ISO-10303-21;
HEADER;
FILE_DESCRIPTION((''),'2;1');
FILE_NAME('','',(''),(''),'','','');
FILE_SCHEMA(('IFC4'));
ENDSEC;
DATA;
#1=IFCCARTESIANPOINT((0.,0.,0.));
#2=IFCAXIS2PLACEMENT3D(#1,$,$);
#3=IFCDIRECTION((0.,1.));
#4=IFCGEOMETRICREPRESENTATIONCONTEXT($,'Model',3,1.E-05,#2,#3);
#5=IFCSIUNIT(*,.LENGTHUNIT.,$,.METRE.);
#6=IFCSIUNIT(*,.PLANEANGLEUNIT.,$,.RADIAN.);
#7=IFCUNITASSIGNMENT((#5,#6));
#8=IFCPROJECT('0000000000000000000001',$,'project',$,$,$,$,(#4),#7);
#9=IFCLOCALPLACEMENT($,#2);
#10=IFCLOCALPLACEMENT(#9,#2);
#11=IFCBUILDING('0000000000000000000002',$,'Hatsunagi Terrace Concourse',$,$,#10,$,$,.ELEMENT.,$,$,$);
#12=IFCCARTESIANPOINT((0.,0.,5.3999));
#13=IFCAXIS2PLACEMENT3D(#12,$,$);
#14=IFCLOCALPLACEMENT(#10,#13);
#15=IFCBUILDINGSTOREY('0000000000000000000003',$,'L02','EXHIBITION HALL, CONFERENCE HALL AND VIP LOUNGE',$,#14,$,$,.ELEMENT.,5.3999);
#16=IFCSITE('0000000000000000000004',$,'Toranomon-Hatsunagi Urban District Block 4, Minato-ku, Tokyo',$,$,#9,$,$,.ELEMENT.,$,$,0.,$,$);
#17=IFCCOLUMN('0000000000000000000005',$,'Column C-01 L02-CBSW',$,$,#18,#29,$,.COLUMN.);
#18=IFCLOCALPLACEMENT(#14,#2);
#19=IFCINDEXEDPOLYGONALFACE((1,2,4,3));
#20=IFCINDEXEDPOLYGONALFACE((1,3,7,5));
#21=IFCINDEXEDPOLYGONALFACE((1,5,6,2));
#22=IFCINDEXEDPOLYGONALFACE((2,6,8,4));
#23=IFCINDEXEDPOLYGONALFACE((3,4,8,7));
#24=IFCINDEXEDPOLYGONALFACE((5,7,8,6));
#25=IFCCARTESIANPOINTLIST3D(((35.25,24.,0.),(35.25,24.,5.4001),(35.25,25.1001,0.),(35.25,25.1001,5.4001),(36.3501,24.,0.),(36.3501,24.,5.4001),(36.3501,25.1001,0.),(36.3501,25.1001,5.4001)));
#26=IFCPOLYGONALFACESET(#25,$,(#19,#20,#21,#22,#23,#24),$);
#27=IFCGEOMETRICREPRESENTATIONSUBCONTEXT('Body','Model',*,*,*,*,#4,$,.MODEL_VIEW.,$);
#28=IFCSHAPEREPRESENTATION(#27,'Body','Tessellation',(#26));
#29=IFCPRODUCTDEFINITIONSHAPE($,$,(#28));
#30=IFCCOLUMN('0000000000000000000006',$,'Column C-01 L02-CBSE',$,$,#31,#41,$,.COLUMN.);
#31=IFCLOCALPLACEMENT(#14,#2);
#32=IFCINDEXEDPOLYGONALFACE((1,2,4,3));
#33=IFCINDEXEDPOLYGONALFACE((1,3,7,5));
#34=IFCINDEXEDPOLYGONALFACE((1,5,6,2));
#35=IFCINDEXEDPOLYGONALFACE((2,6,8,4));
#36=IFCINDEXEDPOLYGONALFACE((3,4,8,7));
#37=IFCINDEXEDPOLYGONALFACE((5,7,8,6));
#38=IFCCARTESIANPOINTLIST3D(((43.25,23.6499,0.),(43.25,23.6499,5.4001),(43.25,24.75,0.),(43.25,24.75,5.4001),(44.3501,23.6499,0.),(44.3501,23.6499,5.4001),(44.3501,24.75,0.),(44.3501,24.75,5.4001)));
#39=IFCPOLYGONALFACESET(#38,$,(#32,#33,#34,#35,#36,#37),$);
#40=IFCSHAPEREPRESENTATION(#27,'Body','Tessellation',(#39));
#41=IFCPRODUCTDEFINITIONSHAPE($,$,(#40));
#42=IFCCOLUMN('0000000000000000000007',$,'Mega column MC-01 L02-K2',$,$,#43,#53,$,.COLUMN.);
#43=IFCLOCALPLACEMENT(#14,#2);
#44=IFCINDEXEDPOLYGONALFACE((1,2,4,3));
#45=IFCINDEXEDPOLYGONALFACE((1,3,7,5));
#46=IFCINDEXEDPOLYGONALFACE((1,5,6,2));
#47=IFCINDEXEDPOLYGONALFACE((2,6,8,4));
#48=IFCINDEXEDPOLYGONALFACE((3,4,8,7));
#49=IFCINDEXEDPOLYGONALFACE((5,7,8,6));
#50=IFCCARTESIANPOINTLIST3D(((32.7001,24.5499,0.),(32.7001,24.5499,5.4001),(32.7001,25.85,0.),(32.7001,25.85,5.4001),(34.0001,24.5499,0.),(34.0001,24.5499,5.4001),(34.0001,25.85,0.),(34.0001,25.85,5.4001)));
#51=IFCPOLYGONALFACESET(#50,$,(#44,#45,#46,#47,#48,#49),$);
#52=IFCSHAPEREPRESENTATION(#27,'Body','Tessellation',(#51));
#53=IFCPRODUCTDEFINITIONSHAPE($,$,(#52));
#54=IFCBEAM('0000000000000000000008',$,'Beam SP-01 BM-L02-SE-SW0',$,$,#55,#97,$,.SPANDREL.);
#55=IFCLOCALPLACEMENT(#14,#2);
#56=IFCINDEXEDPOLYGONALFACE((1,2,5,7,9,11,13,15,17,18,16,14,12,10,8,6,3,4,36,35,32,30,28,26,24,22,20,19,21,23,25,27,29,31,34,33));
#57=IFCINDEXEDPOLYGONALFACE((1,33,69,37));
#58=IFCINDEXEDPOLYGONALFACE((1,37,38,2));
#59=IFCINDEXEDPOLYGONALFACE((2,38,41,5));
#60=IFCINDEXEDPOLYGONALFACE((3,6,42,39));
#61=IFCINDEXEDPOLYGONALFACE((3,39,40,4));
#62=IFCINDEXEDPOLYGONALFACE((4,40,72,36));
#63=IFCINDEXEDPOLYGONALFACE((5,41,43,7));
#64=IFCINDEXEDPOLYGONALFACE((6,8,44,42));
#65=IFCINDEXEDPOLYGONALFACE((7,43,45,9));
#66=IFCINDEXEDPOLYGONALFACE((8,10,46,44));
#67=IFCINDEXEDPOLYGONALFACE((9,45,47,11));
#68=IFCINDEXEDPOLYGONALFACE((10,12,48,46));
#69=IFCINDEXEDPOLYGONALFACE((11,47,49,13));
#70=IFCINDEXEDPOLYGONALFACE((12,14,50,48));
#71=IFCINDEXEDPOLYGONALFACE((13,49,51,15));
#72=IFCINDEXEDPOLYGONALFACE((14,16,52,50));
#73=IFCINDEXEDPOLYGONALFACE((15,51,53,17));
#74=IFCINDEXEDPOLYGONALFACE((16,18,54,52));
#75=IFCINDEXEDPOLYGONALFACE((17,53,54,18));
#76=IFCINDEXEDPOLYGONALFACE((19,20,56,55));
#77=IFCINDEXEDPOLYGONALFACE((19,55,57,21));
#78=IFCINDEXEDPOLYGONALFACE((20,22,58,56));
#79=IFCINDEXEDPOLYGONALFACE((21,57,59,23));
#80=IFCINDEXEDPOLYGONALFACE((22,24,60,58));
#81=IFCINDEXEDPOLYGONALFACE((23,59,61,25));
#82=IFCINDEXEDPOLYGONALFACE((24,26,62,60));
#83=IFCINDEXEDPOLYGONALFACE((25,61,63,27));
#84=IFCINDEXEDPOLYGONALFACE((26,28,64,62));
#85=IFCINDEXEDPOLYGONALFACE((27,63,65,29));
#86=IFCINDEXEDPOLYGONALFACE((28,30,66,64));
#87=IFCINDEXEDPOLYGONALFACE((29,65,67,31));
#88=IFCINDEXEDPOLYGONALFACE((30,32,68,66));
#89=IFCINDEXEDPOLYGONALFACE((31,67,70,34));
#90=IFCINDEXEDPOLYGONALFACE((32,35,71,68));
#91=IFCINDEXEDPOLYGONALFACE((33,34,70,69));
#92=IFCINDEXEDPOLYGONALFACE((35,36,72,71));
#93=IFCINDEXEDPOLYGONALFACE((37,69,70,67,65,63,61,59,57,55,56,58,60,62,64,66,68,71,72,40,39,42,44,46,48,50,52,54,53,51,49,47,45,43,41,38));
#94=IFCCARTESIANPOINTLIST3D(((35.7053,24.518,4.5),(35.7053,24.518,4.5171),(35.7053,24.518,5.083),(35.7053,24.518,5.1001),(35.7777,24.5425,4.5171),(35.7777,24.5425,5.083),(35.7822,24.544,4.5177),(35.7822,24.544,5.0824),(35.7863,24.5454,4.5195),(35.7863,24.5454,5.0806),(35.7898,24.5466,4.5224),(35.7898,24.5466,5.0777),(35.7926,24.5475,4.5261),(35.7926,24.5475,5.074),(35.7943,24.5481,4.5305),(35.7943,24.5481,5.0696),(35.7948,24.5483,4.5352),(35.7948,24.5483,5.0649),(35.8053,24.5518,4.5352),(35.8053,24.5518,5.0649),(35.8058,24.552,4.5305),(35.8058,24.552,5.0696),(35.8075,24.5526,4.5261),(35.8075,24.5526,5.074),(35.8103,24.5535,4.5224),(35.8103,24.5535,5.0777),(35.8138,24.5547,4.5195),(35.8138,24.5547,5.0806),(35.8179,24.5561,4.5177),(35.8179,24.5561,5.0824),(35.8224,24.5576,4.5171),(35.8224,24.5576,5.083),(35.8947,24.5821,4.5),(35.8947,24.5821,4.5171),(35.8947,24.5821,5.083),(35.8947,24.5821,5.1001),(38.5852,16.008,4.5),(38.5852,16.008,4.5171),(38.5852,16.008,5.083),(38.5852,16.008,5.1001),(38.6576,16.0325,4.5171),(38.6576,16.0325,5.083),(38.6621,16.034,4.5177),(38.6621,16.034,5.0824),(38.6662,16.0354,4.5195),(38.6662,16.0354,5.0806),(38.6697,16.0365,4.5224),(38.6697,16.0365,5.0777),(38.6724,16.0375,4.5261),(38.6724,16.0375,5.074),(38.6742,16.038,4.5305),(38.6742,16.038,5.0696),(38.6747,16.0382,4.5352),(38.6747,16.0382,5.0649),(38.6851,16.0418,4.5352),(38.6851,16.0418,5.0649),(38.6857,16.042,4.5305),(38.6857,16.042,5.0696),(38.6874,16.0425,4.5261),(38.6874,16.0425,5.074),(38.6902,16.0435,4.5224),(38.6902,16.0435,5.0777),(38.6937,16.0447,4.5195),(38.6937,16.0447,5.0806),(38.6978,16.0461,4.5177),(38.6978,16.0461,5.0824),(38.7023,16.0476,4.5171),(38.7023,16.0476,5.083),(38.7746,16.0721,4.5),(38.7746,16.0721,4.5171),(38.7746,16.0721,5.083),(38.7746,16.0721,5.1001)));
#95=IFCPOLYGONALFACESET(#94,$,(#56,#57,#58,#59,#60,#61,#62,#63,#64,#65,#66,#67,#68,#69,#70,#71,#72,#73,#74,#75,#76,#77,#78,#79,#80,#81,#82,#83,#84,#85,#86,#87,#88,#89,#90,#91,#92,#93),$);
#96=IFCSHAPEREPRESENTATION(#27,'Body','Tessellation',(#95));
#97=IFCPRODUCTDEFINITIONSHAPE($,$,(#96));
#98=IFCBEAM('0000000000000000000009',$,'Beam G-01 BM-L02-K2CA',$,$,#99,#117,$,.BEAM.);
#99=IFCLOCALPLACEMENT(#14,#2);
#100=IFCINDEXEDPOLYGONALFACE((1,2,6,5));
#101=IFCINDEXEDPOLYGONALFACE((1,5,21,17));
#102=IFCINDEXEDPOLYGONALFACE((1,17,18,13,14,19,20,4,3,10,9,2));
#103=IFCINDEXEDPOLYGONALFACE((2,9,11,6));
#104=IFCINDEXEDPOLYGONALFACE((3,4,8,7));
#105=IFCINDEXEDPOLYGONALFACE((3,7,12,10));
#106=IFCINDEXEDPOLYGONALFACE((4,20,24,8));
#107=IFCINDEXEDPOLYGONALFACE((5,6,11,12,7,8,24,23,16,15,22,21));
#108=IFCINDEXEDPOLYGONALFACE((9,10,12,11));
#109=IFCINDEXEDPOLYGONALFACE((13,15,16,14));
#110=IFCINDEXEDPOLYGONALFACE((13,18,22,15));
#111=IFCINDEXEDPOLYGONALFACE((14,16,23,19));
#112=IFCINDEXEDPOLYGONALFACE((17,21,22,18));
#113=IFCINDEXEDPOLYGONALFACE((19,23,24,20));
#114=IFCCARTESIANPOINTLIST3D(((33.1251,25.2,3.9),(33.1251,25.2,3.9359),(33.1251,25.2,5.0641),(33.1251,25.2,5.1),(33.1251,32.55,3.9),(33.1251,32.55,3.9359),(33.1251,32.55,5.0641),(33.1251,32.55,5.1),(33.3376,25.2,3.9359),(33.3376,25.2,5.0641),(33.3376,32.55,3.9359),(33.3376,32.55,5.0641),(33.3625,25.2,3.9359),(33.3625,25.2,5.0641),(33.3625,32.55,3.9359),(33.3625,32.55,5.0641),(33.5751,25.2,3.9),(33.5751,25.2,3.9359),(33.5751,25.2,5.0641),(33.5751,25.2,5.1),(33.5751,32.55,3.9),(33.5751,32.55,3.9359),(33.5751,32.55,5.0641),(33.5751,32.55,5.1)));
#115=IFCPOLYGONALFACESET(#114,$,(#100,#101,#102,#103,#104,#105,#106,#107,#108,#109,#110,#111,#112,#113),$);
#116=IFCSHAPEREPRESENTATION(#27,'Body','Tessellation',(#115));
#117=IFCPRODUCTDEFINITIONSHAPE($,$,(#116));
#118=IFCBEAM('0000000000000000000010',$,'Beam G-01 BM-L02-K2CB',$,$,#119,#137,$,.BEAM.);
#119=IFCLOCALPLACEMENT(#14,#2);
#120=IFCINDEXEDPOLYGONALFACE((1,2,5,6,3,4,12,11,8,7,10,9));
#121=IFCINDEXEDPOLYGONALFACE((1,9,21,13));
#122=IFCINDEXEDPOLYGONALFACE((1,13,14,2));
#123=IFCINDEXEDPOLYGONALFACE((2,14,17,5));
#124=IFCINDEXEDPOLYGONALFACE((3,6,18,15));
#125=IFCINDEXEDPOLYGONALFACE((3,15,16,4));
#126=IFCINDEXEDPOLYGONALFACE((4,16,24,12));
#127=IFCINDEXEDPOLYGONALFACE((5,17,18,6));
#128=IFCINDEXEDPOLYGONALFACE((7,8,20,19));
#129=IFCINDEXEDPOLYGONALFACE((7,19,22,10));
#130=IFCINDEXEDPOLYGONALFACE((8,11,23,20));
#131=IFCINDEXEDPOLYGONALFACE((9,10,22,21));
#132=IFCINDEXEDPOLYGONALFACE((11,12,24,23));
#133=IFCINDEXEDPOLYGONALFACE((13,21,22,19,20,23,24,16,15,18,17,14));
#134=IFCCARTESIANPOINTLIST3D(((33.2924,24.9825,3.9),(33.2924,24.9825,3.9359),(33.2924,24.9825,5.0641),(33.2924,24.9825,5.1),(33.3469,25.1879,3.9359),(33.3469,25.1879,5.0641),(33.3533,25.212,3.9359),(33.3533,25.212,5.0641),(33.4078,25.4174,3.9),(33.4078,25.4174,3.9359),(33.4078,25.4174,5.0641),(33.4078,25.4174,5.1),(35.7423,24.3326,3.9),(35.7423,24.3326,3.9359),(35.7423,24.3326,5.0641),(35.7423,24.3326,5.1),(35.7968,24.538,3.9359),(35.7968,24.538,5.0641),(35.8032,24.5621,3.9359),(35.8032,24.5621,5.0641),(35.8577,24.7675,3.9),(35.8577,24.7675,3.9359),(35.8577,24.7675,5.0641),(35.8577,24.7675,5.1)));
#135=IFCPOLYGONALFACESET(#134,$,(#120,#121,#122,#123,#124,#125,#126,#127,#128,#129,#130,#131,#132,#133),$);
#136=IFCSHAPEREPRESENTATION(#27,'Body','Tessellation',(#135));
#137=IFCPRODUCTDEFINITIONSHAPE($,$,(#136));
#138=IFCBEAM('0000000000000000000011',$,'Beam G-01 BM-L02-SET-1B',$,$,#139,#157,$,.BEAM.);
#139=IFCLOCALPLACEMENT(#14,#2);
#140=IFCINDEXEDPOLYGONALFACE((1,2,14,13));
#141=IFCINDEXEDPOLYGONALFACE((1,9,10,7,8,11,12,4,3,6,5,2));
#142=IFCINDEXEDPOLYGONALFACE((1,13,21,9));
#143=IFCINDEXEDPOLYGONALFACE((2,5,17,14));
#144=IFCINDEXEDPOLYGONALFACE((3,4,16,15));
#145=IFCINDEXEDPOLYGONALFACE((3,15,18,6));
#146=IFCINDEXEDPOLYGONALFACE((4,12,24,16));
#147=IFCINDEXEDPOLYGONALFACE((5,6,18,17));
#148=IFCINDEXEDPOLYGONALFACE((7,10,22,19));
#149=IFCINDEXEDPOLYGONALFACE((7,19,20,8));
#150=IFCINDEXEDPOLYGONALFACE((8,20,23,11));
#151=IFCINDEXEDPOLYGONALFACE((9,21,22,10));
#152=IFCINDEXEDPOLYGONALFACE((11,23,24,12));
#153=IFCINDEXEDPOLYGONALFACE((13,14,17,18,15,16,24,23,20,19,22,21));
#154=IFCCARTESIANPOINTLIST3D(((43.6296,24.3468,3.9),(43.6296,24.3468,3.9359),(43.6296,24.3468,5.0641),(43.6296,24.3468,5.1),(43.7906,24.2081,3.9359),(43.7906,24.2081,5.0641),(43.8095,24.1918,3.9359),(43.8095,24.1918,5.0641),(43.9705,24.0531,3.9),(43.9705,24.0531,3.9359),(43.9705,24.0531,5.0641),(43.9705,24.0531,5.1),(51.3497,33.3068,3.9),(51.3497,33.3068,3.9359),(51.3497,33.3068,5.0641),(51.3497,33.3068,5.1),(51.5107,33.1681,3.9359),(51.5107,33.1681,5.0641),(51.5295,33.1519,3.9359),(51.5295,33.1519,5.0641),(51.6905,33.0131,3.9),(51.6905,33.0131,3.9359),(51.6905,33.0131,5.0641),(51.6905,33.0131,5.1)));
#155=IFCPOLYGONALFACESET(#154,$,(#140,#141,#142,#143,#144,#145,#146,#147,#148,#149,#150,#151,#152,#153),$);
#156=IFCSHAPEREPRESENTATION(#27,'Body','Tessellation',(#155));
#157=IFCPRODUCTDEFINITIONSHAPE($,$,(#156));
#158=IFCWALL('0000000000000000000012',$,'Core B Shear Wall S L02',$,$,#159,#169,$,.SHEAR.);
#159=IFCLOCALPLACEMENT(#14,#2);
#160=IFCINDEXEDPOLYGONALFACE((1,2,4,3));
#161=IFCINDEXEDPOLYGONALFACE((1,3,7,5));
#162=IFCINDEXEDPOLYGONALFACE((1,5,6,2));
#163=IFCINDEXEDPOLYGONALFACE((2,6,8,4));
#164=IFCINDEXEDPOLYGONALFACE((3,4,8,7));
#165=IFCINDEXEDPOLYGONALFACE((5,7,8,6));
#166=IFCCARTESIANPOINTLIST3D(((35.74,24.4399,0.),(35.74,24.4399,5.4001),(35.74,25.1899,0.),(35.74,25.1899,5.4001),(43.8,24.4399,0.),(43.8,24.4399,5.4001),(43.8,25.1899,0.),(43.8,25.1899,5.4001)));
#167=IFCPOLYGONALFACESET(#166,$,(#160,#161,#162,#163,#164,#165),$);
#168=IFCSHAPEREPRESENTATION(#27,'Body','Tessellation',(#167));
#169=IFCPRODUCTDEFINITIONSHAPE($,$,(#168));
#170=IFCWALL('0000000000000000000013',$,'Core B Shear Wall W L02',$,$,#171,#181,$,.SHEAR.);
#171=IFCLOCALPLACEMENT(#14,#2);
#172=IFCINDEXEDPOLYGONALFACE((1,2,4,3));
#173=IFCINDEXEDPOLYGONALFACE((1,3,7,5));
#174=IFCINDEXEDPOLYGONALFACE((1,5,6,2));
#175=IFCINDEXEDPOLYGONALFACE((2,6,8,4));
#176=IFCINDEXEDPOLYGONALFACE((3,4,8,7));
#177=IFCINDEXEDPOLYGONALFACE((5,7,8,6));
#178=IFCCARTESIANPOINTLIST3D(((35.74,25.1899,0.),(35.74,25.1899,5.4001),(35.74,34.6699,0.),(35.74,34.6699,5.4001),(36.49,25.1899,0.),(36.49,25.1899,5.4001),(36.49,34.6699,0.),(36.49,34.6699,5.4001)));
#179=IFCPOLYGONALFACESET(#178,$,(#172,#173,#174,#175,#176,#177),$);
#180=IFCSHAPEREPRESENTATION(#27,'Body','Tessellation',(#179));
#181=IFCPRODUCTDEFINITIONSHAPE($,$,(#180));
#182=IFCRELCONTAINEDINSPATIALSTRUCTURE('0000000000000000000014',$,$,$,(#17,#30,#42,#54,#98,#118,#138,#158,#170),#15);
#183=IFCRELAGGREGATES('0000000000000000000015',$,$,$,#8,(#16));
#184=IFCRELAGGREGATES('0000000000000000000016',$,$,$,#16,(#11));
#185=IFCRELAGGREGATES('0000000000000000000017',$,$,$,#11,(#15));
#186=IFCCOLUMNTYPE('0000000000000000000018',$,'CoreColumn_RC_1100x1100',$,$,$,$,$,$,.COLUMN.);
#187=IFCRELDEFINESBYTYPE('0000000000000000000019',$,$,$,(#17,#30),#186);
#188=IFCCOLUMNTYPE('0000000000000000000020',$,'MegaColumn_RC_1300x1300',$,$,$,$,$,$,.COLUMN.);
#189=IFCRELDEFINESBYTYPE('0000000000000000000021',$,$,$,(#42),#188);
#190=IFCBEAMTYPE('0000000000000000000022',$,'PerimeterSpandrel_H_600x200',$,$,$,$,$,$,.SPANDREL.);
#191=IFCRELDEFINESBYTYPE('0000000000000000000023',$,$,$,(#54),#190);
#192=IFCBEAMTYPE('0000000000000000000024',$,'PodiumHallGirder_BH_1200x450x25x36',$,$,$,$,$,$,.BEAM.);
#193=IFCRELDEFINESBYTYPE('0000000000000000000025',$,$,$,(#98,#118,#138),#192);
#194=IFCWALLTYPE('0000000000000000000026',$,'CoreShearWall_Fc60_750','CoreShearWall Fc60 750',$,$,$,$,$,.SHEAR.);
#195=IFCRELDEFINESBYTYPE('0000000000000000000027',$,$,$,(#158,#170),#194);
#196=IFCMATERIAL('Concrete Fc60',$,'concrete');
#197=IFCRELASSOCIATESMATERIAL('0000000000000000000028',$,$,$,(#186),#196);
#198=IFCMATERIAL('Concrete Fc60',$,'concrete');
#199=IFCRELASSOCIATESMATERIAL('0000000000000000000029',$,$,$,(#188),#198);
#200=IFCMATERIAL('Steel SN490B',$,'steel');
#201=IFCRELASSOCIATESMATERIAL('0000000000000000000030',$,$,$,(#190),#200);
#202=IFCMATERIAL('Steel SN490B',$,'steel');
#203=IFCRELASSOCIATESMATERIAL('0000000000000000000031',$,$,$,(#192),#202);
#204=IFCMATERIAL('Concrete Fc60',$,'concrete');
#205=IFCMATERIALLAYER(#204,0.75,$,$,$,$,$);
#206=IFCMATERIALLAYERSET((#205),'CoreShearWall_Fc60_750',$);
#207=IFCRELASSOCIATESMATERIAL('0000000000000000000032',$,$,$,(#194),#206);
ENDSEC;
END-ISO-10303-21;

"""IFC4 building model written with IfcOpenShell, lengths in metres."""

from ifc_helpers import new_model, si_unit, direction, frame, frame_2d, origin, origin_2d, place, context, subcontext, project, spatial, rectangle, i_section, extrude, material, layer, layer_set, material_profile, profile_set, type_object, element, save


model = new_model("IFC4")

# Units and contexts
model_context = context("Model", 3, precision=1e-05, world=origin(), true_north=direction((0.0, 1.0)))
body_context = subcontext(model_context, "Body", "Model", "MODEL_VIEW")
ifc_project = project(units=[si_unit("LENGTHUNIT", "METRE"), si_unit("PLANEANGLEUNIT", "RADIAN")], contexts=[model_context])

# Site, building, storey
site_placement = place(None, origin())
site = spatial("IfcSite", under=ifc_project, at=site_placement, Name="Toranomon-Hatsunagi Urban District Block 4, Minato-ku, Tokyo", CompositionType="ELEMENT", RefElevation=0.0)
building_placement = place(site_placement, origin())
building = spatial("IfcBuilding", under=site, at=building_placement, Name="Hatsunagi Terrace Concourse", CompositionType="ELEMENT")
storey_placement = place(building_placement, frame((0.0, 0.0, 5.3999)))
storey = spatial("IfcBuildingStorey", under=building, at=storey_placement, Name="L02", Description="EXHIBITION HALL, CONFERENCE HALL AND VIP LOUNGE", CompositionType="ELEMENT", Elevation=5.3999)

# Columns
ifc_material_1 = material(Name="Concrete Fc60", Category="concrete")
ifc_material_profile_1 = material_profile(ifc_material_1, rectangle(XDim=1.1001, YDim=1.1001, at=origin_2d()), Name="RC-1100x1100")
ifc_profile_set_1 = profile_set([ifc_material_profile_1], Name="Concrete Fc60")
column_type_1 = type_object("IfcColumnType", Name="CoreColumn_RC_1100x1100", PredefinedType="COLUMN", material=ifc_profile_set_1)
for number, where, z_axis, x_axis, name in (
    (1, (35.8, 24.55, 0.0), (0.0, 0.0, 1.0), (1.0, 0.0, 0.0), "Column C-01 L02-CBSW"),
    (2, (43.8, 24.2, 0.0), (0.0, 0.0, 1.0), (1.0, 0.0, 0.0), "Column C-01 L02-CBSE"),
):
    element("IfcColumn", number, at=place(storey_placement, frame(where, z_axis=z_axis, x_axis=x_axis)), inside=storey, type_object=column_type_1, Name=name, PredefinedType="COLUMN", context=body_context, shape_type="SweptSolid", body=[
        extrude(rectangle(XDim=1.1001, YDim=1.1001, at=origin_2d()), origin(), (0.0, 0.0, 1.0), 5.4001),
    ])
ifc_material_2 = material(Name="Concrete Fc60", Category="concrete")
ifc_material_profile_2 = material_profile(ifc_material_2, rectangle(XDim=1.3, YDim=1.3, at=origin_2d()), Name="RC-1300x1300")
ifc_profile_set_2 = profile_set([ifc_material_profile_2], Name="Concrete Fc60")
column_type_2 = type_object("IfcColumnType", Name="MegaColumn_RC_1300x1300", PredefinedType="COLUMN", material=ifc_profile_set_2)
column_placement = place(storey_placement, frame((33.3501, 25.2, 0.0), z_axis=(0.0, 0.0, 1.0), x_axis=(1.0, 0.0, 0.0)))
element("IfcColumn", 3, at=column_placement, inside=storey, type_object=column_type_2, Name="Mega column MC-01 L02-K2", PredefinedType="COLUMN", context=body_context, shape_type="SweptSolid", body=[
    extrude(rectangle(XDim=1.3, YDim=1.3, at=origin_2d()), origin(), (0.0, 0.0, 1.0), 5.4001),
])

# Beams
ifc_material_3 = material(Name="Steel SN490B", Category="steel")
ifc_material_profile_3 = material_profile(ifc_material_3, i_section(OverallWidth=0.2, OverallDepth=0.6001, WebThickness=0.011, FlangeThickness=0.0171, FilletRadius=0.0181, at=origin_2d()), Name="H-600x200x11x17")
ifc_profile_set_3 = profile_set([ifc_material_profile_3], Name="Steel SN490B")
beam_type_1 = type_object("IfcBeamType", Name="PerimeterSpandrel_H_600x200", PredefinedType="SPANDREL", material=ifc_profile_set_3)
beam_1_placement = place(storey_placement, frame((35.8, 24.55, 4.8), z_axis=(0.320553, -0.94723, 0.0), x_axis=(0.94723, 0.320553, 0.0)))
element("IfcBeam", 4, at=beam_1_placement, inside=storey, type_object=beam_type_1, Name="Beam SP-01 BM-L02-SE-SW0", PredefinedType="SPANDREL", context=body_context, shape_type="SweptSolid", body=[
    extrude(i_section(OverallWidth=0.2, OverallDepth=0.6001, WebThickness=0.011, FlangeThickness=0.0171, FilletRadius=0.0181, at=origin_2d()), origin(), (0.0, 0.0, 1.0), 8.9841),
])
ifc_material_4 = material(Name="Steel SN490B", Category="steel")
ifc_material_profile_4 = material_profile(ifc_material_4, i_section(OverallWidth=0.45, OverallDepth=1.2, WebThickness=0.0249, FlangeThickness=0.0359, at=origin_2d()), Name="BH-1200x450x25x36")
ifc_profile_set_4 = profile_set([ifc_material_profile_4], Name="Steel SN490B")
beam_type_2 = type_object("IfcBeamType", Name="PodiumHallGirder_BH_1200x450x25x36", PredefinedType="BEAM", material=ifc_profile_set_4)
beam_2_placement = place(storey_placement, frame((33.3501, 25.2, 4.5), z_axis=(0.0, 1.0, 0.0), x_axis=(-1.0, 0.0, 0.0)))
element("IfcBeam", 5, at=beam_2_placement, inside=storey, type_object=beam_type_2, Name="Beam G-01 BM-L02-K2CA", PredefinedType="BEAM", context=body_context, shape_type="SweptSolid", body=[
    extrude(i_section(OverallWidth=0.45, OverallDepth=1.2, WebThickness=0.0249, FlangeThickness=0.0359, at=origin_2d()), origin(), (0.0, 0.0, 1.0), 7.3501),
])
beam_3_placement = place(storey_placement, frame((33.3501, 25.2, 4.5), z_axis=(0.96657, -0.256403, 0.0), x_axis=(0.256403, 0.96657, 0.0)))
element("IfcBeam", 6, at=beam_3_placement, inside=storey, type_object=beam_type_2, Name="Beam G-01 BM-L02-K2CB", PredefinedType="BEAM", context=body_context, shape_type="SweptSolid", body=[
    extrude(i_section(OverallWidth=0.45, OverallDepth=1.2, WebThickness=0.0249, FlangeThickness=0.0359, at=origin_2d()), origin(), (0.0, 0.0, 1.0), 2.5347),
])
beam_4_placement = place(storey_placement, frame((43.8, 24.2, 4.5), z_axis=(0.652739, 0.757583, 0.0), x_axis=(-0.757583, 0.652739, 0.0)))
element("IfcBeam", 7, at=beam_4_placement, inside=storey, type_object=beam_type_2, Name="Beam G-01 BM-L02-SET-1B", PredefinedType="BEAM", context=body_context, shape_type="SweptSolid", body=[
    extrude(i_section(OverallWidth=0.45, OverallDepth=1.2, WebThickness=0.0249, FlangeThickness=0.0359, at=origin_2d()), origin(), (0.0, 0.0, 1.0), 11.8271),
])

# Walls
ifc_material_5 = material(Name="Concrete Fc60", Category="concrete")
ifc_layer_1 = layer(ifc_material_5, 0.75)
ifc_layer_set_1 = layer_set([ifc_layer_1], Name="CoreShearWall_Fc60_750")
wall_type_1 = type_object("IfcWallType", Name="CoreShearWall_Fc60_750", Description="CoreShearWall Fc60 750", PredefinedType="SHEAR", material=ifc_layer_set_1)
wall_1_placement = place(storey_placement, frame((35.74, 24.8149, 0.0), z_axis=(0.0, 0.0, 1.0), x_axis=(1.0, 0.0, 0.0)))
element("IfcWall", 8, at=wall_1_placement, inside=storey, type_object=wall_type_1, Name="Core B Shear Wall S L02", PredefinedType="SHEAR", context=body_context, shape_type="SweptSolid", body=[
    extrude(rectangle(XDim=8.0601, YDim=0.75, at=frame_2d((4.03, 0.0))), origin(), (0.0, 0.0, 1.0), 5.4001),
])
wall_2_placement = place(storey_placement, frame((36.115, 25.1899, 0.0), z_axis=(0.0, 0.0, 1.0), x_axis=(0.0, 1.0, 0.0)))
element("IfcWall", 9, at=wall_2_placement, inside=storey, type_object=wall_type_1, Name="Core B Shear Wall W L02", PredefinedType="SHEAR", context=body_context, shape_type="SweptSolid", body=[
    extrude(rectangle(XDim=9.48, YDim=0.75, at=frame_2d((4.74, 0.0))), origin(), (0.0, 0.0, 1.0), 5.4001),
])

save(model, "model.ifc")
